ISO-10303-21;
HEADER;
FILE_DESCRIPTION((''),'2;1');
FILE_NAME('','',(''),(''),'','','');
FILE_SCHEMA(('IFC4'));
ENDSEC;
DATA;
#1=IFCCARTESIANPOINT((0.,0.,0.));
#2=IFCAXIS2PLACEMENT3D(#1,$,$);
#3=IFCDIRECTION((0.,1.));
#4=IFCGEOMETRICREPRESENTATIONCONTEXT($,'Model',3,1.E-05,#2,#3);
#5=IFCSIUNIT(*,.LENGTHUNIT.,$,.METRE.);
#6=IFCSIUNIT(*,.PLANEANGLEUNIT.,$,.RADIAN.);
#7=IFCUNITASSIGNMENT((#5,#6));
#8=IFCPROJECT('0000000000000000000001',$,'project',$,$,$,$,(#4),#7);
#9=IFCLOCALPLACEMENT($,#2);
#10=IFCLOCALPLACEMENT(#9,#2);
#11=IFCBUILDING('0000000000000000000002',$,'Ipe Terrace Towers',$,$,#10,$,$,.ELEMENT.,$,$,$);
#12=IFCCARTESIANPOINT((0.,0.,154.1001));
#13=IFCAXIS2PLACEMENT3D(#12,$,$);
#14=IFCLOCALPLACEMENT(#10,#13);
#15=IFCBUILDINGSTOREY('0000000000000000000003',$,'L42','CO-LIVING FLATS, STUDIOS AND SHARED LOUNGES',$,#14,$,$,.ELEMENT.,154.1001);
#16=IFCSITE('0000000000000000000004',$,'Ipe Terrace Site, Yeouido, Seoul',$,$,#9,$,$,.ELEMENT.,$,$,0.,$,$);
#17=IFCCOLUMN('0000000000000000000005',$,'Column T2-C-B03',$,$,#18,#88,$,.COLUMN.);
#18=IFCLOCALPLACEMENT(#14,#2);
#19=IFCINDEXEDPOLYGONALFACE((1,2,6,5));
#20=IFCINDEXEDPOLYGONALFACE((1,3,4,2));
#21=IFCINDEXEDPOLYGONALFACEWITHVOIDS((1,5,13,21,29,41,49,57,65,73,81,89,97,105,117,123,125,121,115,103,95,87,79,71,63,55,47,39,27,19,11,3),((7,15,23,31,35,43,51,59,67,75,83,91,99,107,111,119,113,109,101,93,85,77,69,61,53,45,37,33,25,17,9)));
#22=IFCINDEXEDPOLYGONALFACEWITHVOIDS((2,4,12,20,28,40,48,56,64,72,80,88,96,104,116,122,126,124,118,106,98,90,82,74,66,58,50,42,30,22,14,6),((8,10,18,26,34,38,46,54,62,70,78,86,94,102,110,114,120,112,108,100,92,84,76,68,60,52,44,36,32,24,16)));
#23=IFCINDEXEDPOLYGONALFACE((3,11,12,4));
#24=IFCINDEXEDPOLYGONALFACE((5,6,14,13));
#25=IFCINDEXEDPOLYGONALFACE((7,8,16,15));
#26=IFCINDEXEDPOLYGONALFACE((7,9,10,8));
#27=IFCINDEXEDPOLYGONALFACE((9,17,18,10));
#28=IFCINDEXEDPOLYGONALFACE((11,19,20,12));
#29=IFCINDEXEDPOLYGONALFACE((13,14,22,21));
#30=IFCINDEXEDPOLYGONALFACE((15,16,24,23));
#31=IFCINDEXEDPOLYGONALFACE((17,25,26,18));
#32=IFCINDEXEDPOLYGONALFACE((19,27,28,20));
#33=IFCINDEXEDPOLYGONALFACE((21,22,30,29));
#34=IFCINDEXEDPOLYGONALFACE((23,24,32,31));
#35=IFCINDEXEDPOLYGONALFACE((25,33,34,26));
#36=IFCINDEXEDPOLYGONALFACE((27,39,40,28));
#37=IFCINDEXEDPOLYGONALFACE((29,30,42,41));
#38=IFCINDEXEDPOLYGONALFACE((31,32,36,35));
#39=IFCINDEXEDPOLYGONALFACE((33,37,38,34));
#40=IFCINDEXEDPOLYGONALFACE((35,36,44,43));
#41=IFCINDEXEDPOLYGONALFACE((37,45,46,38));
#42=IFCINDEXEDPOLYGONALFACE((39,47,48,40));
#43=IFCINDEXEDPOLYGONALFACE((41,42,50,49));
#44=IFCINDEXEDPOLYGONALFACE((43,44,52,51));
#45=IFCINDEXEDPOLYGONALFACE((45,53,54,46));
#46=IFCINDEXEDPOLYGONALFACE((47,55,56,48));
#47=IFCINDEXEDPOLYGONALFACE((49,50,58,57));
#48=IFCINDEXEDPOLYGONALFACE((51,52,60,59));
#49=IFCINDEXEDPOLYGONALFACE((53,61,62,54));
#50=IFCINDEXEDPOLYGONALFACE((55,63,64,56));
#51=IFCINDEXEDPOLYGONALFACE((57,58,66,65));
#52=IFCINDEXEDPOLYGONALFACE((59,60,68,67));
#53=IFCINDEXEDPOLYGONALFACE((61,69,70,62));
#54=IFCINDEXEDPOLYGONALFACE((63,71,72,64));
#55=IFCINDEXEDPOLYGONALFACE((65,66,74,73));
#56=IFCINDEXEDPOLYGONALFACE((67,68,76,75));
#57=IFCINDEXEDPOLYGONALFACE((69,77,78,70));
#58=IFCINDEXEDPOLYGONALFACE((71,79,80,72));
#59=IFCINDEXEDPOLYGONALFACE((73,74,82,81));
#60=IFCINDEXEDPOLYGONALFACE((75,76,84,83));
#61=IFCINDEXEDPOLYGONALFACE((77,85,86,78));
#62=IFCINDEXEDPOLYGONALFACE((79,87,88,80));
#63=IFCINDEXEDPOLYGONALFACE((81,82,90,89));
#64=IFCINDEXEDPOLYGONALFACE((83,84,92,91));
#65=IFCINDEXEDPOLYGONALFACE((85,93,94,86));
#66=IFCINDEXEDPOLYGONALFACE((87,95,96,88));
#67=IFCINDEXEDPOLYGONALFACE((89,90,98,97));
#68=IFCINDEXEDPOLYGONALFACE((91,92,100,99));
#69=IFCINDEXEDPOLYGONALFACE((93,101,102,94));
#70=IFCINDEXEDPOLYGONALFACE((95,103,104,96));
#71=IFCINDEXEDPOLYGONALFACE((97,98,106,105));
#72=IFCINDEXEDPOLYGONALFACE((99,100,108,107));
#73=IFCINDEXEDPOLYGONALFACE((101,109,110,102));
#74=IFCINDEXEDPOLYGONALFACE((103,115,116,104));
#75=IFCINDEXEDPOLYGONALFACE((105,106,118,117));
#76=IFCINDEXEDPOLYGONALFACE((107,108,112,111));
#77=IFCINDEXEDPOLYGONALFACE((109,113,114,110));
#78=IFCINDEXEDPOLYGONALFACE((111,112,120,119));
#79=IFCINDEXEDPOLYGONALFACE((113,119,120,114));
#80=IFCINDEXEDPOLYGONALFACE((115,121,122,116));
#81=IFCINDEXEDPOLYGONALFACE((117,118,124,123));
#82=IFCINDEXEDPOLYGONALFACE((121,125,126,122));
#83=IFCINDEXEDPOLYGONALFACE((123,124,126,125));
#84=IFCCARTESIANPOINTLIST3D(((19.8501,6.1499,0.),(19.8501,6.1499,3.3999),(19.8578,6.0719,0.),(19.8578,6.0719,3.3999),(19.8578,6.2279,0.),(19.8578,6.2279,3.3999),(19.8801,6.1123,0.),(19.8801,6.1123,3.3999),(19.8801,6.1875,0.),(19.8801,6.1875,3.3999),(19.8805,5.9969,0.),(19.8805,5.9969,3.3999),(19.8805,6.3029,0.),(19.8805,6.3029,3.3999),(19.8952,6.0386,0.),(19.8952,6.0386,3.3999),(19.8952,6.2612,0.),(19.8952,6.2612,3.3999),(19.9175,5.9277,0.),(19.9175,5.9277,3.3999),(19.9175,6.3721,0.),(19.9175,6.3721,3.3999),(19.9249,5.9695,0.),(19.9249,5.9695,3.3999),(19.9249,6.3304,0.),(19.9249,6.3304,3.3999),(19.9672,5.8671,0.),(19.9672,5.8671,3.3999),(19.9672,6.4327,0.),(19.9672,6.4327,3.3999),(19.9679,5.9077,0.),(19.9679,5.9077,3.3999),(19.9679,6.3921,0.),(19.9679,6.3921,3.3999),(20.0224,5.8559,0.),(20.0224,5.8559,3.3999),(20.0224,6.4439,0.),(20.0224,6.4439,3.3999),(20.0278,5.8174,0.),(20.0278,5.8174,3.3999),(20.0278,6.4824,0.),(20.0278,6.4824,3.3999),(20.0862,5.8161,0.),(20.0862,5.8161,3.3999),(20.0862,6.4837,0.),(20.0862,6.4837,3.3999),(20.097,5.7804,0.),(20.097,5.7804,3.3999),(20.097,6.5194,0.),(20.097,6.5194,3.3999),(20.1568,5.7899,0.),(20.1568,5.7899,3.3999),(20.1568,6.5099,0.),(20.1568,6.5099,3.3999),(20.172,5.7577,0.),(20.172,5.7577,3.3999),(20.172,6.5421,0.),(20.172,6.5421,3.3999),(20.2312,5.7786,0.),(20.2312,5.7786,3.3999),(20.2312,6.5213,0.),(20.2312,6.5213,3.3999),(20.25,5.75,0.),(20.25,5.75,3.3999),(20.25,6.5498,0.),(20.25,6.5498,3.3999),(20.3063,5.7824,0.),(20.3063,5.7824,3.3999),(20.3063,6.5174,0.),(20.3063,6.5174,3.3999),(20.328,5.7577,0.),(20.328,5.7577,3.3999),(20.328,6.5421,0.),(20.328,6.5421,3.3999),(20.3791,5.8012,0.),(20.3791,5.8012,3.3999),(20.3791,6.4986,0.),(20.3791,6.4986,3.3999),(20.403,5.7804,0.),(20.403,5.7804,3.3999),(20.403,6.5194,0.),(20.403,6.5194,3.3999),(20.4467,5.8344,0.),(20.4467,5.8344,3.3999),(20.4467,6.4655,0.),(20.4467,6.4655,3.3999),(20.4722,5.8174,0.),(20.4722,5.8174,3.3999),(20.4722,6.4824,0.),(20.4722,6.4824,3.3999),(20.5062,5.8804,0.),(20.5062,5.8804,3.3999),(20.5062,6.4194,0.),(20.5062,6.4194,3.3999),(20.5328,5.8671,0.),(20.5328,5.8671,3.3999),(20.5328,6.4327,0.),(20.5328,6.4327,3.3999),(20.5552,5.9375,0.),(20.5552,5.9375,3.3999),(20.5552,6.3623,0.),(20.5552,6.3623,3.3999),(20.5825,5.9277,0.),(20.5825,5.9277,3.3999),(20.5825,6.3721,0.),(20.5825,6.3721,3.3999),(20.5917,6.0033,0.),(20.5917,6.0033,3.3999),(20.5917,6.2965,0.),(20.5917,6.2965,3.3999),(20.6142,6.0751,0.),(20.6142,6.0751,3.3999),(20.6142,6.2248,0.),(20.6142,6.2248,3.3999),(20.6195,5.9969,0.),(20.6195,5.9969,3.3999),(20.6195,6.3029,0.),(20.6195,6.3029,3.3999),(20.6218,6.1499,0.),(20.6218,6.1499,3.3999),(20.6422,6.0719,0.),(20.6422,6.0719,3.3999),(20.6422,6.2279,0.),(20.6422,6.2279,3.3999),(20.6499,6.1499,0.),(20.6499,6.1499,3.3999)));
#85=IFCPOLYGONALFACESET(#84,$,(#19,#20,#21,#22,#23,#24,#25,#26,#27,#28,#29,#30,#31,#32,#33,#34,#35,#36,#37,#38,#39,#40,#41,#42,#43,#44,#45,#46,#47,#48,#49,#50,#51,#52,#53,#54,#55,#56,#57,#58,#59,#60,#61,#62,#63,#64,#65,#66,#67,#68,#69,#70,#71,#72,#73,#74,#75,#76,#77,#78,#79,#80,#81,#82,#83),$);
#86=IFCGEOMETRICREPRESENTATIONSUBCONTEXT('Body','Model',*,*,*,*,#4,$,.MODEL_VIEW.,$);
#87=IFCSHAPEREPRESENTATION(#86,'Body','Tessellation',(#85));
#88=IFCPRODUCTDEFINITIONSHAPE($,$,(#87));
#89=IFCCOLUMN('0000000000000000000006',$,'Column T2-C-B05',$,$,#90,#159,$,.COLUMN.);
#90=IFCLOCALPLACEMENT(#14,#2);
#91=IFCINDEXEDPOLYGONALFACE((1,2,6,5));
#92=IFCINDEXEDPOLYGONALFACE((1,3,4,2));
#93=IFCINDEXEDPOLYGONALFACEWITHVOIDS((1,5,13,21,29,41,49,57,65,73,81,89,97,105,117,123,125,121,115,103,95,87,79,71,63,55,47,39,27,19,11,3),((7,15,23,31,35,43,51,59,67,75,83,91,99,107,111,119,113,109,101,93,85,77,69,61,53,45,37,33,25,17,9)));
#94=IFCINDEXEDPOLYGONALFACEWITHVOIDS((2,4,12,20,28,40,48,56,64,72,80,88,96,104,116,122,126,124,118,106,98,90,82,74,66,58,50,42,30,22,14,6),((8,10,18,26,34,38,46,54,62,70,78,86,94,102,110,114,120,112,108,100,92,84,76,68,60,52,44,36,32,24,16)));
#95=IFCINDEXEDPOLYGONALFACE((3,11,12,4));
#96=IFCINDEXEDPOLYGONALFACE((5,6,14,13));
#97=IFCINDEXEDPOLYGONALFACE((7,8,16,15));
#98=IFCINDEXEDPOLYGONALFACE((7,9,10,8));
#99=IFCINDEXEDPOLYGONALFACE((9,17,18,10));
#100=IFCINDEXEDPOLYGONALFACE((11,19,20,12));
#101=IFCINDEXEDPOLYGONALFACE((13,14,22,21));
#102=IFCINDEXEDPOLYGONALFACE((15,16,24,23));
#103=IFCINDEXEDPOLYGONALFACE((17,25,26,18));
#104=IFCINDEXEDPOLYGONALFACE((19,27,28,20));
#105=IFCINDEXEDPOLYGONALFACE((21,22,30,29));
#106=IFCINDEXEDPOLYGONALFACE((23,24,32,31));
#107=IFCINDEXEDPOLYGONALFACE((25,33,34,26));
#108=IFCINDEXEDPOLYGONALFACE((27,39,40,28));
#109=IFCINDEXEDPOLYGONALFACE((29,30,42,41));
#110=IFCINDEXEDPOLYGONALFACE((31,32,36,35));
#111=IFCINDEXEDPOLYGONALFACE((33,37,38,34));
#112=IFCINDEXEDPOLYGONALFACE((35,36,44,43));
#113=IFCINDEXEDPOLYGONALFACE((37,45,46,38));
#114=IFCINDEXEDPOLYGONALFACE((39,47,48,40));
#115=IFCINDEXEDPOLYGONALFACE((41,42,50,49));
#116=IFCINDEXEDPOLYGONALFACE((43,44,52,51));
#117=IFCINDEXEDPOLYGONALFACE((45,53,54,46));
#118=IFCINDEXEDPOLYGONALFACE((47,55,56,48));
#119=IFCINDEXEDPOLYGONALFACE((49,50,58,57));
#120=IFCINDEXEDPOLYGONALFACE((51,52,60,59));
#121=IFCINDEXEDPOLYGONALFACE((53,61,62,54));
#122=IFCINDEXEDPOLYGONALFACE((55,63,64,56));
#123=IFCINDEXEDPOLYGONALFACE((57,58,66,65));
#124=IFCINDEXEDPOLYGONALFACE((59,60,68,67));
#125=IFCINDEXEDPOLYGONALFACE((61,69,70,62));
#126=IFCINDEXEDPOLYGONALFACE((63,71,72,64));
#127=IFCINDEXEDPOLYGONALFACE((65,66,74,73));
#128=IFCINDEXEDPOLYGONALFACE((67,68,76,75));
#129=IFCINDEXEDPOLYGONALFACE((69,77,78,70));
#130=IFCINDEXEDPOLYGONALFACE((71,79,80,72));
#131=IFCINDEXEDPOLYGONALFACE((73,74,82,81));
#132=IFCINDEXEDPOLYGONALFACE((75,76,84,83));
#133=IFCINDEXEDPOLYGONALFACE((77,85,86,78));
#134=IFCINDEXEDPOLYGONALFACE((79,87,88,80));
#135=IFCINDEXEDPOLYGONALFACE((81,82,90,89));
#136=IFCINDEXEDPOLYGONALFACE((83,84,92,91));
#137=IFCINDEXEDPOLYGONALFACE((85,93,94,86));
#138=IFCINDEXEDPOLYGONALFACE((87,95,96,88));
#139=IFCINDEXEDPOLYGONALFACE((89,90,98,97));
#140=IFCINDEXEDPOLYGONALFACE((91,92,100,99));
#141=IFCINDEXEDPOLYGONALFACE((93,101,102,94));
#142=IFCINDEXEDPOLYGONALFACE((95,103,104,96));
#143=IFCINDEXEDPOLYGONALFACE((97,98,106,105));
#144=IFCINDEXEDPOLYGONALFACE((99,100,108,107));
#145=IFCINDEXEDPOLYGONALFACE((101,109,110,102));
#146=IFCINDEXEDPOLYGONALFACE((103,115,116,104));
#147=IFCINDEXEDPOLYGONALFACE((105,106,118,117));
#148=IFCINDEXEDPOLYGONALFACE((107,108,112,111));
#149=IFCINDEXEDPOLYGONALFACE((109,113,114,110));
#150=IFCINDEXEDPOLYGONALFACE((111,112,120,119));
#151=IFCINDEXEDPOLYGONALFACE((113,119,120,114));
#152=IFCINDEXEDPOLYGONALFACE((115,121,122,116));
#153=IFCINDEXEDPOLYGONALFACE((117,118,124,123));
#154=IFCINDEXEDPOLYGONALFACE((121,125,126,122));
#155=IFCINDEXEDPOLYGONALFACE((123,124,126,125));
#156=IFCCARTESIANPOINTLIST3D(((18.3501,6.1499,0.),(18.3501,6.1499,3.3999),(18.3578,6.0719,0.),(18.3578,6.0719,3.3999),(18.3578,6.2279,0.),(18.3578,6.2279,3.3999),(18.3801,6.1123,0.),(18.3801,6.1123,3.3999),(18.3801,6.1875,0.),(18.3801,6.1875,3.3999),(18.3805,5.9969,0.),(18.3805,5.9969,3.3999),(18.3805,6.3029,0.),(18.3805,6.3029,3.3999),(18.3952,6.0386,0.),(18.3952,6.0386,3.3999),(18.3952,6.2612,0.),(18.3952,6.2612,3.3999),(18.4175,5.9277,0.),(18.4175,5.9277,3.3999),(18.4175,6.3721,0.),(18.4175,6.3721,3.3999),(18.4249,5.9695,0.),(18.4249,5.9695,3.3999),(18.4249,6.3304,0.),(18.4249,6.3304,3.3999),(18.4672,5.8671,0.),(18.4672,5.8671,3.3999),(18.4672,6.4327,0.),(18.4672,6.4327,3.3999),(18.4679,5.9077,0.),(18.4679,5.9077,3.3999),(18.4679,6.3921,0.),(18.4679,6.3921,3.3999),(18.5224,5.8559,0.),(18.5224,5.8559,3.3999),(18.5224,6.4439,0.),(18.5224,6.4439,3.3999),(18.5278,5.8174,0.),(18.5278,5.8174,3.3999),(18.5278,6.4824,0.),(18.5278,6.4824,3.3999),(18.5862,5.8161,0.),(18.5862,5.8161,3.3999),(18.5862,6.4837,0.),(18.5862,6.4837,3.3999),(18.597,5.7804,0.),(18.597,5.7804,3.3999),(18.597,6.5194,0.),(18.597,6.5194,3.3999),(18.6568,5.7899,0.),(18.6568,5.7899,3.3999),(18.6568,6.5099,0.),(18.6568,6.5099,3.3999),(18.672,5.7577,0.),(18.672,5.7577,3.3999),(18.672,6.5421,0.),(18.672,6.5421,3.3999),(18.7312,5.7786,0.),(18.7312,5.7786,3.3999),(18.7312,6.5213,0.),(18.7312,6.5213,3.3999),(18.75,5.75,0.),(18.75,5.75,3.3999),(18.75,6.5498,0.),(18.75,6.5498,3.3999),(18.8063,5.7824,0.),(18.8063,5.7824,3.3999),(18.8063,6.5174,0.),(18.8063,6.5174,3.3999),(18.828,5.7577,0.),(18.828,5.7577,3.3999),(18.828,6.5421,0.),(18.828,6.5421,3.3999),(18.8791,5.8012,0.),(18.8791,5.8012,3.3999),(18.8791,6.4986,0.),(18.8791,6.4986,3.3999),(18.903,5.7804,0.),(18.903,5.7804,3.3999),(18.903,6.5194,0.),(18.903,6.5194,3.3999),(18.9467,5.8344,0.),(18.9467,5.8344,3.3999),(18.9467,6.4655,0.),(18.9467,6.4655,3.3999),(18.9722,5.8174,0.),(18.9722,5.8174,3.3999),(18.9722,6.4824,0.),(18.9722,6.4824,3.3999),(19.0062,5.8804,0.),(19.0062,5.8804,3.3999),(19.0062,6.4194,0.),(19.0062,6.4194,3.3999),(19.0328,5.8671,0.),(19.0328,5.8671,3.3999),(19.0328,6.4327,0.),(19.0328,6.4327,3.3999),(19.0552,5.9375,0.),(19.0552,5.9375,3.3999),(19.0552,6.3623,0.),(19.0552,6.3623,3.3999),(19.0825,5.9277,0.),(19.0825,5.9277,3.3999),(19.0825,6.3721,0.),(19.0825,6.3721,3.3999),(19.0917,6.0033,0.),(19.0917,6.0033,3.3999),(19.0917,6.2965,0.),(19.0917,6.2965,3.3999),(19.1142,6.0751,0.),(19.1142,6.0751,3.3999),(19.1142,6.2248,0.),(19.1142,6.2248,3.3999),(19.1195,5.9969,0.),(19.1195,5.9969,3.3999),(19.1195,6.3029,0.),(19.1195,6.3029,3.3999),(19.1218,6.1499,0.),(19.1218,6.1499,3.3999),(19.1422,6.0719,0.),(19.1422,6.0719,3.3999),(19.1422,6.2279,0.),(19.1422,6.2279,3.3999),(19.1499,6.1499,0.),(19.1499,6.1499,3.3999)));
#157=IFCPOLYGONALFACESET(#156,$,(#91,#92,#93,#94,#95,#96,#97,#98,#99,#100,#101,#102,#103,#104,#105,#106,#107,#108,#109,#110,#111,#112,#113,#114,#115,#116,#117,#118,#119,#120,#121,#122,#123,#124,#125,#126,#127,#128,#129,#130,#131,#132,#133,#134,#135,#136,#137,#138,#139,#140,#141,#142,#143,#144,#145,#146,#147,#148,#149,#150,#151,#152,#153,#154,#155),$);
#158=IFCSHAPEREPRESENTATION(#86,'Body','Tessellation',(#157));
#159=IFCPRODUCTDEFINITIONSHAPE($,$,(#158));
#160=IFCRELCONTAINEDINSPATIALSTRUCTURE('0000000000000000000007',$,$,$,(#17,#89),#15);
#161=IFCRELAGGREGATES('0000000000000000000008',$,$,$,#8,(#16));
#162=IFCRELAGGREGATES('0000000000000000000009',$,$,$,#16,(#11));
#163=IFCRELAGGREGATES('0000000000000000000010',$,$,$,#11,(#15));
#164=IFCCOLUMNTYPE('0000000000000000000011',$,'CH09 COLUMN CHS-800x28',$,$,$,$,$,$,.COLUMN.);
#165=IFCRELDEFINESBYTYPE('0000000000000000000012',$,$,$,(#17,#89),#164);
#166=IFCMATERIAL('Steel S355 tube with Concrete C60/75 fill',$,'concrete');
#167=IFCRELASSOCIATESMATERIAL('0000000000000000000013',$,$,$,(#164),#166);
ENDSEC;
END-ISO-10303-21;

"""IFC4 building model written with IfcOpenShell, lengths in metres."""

from ifc_helpers import new_model, si_unit, direction, frame, origin, origin_2d, place, context, subcontext, project, spatial, hollow_circle, extrude, material, material_profile, profile_set, type_object, element, save


model = new_model("IFC4")

# Units and contexts
model_context = context("Model", 3, precision=1e-05, world=origin(), true_north=direction((0.0, 1.0)))
body_context = subcontext(model_context, "Body", "Model", "MODEL_VIEW")
ifc_project = project(units=[si_unit("LENGTHUNIT", "METRE"), si_unit("PLANEANGLEUNIT", "RADIAN")], contexts=[model_context])

# Site, building, storey
site_placement = place(None, origin())
site = spatial("IfcSite", under=ifc_project, at=site_placement, Name="Ipe Terrace Site, Yeouido, Seoul", CompositionType="ELEMENT", RefElevation=0.0)
building_placement = place(site_placement, origin())
building = spatial("IfcBuilding", under=site, at=building_placement, Name="Ipe Terrace Towers", CompositionType="ELEMENT")
storey_placement = place(building_placement, frame((0.0, 0.0, 154.1001)))
storey = spatial("IfcBuildingStorey", under=building, at=storey_placement, Name="L42", Description="CO-LIVING FLATS, STUDIOS AND SHARED LOUNGES", CompositionType="ELEMENT", Elevation=154.1001)

# Columns
ifc_material_1 = material(Name="Steel S355 tube with Concrete C60/75 fill", Category="concrete")
ifc_material_profile_1 = material_profile(ifc_material_1, hollow_circle(Radius=0.3999, WallThickness=0.0281, at=origin_2d()), Name="CHS-800x28")
ifc_profile_set_1 = profile_set([ifc_material_profile_1], Name="Steel S355 tube with Concrete C60/75 fill")
column_type = type_object("IfcColumnType", Name="CH09 COLUMN CHS-800x28", PredefinedType="COLUMN", material=ifc_profile_set_1)
for number, where, z_axis, x_axis, name in (
    (1, (20.25, 6.1499, 0.0), (0.0, 0.0, 1.0), (1.0, 0.0, 0.0), "Column T2-C-B03"),
    (2, (18.75, 6.1499, 0.0), (0.0, 0.0, 1.0), (1.0, 0.0, 0.0), "Column T2-C-B05"),
):
    element("IfcColumn", number, at=place(storey_placement, frame(where, z_axis=z_axis, x_axis=x_axis)), inside=storey, type_object=column_type, Name=name, PredefinedType="COLUMN", context=body_context, shape_type="SweptSolid", body=[
        extrude(hollow_circle(Radius=0.3999, WallThickness=0.0281, at=origin_2d()), origin(), (0.0, 0.0, 1.0), 3.3999),
    ])

save(model, "model.ifc")
